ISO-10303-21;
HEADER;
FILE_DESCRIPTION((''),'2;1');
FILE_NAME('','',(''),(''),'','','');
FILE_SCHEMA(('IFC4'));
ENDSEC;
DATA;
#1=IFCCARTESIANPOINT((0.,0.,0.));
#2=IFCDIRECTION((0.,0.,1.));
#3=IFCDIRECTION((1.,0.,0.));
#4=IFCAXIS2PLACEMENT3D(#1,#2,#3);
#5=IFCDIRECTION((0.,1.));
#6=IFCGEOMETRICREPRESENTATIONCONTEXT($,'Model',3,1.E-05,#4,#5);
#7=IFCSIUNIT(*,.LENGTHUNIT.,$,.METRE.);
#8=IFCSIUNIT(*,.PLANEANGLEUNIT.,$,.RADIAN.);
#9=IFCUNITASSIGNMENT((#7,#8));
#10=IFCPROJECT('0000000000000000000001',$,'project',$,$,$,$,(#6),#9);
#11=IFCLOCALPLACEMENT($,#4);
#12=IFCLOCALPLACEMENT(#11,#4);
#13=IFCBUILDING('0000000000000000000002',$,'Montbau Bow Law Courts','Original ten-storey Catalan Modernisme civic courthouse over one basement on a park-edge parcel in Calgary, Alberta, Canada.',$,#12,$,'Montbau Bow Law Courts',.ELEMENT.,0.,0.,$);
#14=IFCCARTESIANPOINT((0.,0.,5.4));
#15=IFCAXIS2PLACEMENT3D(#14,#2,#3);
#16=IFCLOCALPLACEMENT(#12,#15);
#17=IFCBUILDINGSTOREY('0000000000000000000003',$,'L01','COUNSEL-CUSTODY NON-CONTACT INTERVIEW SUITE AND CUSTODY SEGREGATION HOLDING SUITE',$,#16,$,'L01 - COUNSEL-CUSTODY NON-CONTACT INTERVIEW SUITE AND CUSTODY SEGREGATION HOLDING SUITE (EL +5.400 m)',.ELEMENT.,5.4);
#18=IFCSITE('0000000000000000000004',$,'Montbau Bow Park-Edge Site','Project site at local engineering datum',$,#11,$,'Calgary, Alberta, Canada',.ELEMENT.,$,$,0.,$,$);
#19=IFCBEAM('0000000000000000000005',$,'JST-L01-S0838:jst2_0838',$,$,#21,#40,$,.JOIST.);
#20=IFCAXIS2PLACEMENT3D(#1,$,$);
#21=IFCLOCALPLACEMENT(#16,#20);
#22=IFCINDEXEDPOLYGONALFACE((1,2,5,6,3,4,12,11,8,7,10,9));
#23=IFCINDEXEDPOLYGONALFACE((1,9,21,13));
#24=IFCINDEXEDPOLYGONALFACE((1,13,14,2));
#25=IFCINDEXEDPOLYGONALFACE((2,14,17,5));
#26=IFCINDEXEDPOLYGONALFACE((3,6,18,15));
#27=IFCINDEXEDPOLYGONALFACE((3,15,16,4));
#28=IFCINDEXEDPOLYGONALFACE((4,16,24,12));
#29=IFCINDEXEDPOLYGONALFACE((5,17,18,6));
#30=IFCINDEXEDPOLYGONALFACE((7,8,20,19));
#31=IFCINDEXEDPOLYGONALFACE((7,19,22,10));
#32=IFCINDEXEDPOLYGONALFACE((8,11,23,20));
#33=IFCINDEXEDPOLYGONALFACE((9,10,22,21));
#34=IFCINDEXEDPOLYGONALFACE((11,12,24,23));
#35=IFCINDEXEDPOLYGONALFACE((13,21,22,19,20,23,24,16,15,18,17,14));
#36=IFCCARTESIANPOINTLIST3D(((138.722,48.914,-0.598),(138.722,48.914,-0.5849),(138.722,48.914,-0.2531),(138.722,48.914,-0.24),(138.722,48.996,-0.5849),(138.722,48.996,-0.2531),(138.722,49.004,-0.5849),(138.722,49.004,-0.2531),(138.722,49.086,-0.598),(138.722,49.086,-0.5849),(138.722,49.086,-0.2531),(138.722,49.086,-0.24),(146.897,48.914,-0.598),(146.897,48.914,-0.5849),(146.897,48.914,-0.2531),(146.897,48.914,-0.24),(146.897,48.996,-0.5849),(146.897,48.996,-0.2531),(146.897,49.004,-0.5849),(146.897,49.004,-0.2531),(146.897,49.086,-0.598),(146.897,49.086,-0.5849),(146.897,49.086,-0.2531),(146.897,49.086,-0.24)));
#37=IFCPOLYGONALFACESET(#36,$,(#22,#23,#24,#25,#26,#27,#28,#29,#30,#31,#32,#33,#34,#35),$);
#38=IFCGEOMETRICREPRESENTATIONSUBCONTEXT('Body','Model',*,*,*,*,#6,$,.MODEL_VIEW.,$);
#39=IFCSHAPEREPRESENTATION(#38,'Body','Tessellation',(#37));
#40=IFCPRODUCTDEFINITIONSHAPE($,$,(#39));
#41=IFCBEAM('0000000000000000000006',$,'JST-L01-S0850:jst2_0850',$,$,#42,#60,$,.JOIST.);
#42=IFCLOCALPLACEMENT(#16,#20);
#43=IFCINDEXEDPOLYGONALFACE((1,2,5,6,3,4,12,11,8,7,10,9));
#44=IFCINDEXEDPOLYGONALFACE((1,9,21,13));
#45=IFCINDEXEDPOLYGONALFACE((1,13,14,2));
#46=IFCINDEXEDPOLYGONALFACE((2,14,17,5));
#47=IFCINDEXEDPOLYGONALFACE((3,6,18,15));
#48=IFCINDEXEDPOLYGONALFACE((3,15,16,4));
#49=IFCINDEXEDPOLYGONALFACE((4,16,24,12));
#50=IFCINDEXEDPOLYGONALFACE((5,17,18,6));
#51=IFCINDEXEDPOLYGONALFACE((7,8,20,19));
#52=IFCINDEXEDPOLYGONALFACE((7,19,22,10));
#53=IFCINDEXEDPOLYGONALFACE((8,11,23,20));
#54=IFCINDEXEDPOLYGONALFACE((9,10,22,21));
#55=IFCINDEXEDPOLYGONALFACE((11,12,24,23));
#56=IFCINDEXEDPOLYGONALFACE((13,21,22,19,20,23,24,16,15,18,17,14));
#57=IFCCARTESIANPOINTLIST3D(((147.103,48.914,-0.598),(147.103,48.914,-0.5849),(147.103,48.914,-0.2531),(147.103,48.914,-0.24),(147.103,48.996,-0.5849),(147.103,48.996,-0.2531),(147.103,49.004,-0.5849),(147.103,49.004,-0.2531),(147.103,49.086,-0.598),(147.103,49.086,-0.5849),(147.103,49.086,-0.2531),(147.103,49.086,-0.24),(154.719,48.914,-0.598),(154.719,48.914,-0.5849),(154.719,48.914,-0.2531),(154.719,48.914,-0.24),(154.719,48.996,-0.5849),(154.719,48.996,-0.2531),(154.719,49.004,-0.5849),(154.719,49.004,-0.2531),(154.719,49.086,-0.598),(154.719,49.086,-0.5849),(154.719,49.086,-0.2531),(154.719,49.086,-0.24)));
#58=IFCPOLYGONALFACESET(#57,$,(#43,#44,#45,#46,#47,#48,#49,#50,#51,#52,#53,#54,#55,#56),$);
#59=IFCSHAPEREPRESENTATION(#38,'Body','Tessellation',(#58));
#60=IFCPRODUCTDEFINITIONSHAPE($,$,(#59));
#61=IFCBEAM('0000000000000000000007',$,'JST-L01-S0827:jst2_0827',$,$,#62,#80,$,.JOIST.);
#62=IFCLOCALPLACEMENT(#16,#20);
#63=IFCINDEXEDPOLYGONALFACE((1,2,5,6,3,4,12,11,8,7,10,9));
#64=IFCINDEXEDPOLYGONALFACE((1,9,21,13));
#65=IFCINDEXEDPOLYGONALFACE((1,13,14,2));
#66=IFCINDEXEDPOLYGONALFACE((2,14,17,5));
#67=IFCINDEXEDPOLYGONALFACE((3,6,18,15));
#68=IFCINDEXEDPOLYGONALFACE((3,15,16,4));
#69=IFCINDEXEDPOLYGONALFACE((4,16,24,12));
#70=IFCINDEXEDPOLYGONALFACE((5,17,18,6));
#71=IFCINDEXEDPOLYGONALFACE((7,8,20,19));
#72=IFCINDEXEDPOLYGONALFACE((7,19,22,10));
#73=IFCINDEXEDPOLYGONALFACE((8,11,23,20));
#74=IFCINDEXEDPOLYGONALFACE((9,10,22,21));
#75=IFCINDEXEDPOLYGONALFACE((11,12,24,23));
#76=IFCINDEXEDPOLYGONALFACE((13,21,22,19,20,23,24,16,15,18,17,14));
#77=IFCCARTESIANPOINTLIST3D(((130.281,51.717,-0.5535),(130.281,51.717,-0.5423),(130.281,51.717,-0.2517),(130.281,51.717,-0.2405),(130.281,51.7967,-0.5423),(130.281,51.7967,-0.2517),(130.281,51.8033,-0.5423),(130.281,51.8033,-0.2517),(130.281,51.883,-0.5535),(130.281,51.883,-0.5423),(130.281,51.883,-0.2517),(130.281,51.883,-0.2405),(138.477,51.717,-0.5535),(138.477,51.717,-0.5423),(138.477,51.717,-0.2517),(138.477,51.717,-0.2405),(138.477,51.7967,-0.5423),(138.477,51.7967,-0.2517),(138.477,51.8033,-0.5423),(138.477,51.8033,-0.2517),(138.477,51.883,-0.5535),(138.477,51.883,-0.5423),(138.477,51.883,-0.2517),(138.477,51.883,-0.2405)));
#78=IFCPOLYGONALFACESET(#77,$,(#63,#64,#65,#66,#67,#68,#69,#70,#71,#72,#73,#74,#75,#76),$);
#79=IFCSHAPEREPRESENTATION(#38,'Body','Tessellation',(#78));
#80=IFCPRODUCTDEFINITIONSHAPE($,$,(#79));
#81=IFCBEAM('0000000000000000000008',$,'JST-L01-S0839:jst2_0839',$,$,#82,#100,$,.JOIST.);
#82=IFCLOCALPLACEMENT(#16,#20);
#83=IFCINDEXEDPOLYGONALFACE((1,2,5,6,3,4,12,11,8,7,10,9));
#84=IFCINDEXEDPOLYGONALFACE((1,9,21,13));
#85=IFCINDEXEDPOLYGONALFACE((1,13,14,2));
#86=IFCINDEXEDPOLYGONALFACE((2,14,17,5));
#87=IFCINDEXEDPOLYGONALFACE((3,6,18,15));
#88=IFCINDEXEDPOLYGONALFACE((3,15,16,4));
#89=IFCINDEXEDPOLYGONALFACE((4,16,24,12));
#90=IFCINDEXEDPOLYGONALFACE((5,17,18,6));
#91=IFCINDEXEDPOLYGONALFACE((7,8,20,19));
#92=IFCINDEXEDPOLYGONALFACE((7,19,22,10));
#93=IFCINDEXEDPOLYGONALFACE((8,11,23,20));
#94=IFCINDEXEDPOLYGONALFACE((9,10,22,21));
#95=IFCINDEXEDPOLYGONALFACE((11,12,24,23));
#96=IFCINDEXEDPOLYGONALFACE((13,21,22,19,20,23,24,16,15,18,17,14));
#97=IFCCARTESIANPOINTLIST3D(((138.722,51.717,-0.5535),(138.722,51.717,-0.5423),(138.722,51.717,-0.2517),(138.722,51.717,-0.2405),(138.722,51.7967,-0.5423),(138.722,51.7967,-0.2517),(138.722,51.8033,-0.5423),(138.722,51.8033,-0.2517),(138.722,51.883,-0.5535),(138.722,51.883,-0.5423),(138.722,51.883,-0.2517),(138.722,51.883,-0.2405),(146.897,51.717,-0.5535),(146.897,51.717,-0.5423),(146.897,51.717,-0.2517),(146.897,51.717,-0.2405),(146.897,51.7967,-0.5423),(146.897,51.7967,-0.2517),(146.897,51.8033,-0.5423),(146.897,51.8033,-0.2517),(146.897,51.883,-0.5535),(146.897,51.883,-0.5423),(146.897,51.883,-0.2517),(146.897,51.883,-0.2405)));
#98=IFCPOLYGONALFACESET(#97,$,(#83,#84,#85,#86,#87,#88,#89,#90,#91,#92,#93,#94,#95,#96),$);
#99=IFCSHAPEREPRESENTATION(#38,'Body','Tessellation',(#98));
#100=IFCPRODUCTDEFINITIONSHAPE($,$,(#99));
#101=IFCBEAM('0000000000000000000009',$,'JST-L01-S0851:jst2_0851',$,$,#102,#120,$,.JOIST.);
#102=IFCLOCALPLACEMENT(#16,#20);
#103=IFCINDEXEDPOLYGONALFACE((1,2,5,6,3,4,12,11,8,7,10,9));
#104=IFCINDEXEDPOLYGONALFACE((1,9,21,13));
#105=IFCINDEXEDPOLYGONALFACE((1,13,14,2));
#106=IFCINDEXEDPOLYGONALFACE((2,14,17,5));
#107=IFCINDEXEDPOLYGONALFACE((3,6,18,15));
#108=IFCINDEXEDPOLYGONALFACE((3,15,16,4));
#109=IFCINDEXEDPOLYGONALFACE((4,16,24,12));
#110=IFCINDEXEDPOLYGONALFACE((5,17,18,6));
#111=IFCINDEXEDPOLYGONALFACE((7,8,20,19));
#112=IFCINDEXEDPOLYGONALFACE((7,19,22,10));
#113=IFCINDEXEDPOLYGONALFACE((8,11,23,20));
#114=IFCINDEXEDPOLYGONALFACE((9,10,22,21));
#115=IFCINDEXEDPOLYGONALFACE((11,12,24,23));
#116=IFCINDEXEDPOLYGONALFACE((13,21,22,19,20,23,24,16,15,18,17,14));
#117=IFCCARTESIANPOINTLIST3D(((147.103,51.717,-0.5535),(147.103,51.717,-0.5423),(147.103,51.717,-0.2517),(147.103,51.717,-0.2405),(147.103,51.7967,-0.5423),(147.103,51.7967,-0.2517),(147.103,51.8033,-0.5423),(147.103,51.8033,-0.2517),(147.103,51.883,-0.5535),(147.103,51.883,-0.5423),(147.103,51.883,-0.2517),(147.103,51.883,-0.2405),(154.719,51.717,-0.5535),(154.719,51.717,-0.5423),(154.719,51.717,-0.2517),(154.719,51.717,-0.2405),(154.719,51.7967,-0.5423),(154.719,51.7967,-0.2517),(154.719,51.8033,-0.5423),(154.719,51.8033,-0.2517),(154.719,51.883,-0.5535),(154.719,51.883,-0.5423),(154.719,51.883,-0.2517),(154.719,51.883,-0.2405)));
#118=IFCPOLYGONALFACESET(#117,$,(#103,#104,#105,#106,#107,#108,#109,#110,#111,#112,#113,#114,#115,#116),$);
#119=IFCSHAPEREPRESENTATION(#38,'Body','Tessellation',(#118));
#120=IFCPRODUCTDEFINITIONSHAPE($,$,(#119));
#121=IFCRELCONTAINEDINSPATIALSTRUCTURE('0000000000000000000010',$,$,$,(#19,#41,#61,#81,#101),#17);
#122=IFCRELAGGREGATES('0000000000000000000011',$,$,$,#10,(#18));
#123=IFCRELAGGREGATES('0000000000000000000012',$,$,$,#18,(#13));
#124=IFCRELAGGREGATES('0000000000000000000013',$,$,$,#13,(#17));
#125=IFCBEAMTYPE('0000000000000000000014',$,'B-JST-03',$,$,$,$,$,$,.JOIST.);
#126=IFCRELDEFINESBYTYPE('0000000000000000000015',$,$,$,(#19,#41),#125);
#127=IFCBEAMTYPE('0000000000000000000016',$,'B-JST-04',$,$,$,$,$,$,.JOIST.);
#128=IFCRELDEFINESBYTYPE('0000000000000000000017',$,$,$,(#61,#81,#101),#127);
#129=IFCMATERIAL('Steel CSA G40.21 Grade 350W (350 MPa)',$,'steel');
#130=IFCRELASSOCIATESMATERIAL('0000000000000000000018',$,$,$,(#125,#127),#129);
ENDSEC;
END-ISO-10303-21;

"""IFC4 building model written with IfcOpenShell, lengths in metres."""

from ifc_helpers import new_model, si_unit, direction, frame, origin_with_axes, origin_2d_with_axis, place, context, subcontext, project, spatial, i_section, extrude, material, material_profile, profile_set, type_object, element, save


model = new_model("IFC4")

# Units and contexts
model_context = context("Model", 3, precision=1e-05, world=origin_with_axes(), true_north=direction((0.0, 1.0)))
body_context = subcontext(model_context, "Body", "Model", "MODEL_VIEW")
ifc_project = project(units=[si_unit("LENGTHUNIT", "METRE"), si_unit("PLANEANGLEUNIT", "RADIAN")], contexts=[model_context])

# Site, building, storey
site_placement = place(None, origin_with_axes())
site = spatial("IfcSite", under=ifc_project, at=site_placement, Name="Montbau Bow Park-Edge Site", Description="Project site at local engineering datum", LongName="Calgary, Alberta, Canada", CompositionType="ELEMENT", RefElevation=0.0)
building_placement = place(site_placement, origin_with_axes())
building = spatial("IfcBuilding", under=site, at=building_placement, Name="Montbau Bow Law Courts", Description="Original ten-storey Catalan Modernisme civic courthouse over one basement on a park-edge parcel in Calgary, Alberta, Canada.", LongName="Montbau Bow Law Courts", CompositionType="ELEMENT", ElevationOfRefHeight=0.0, ElevationOfTerrain=0.0)
storey_placement = place(building_placement, frame((0.0, 0.0, 5.4), z_axis=(0.0, 0.0, 1.0), x_axis=(1.0, 0.0, 0.0)))
storey = spatial("IfcBuildingStorey", under=building, at=storey_placement, Name="L01", Description="COUNSEL-CUSTODY NON-CONTACT INTERVIEW SUITE AND CUSTODY SEGREGATION HOLDING SUITE", LongName="L01 - COUNSEL-CUSTODY NON-CONTACT INTERVIEW SUITE AND CUSTODY SEGREGATION HOLDING SUITE (EL +5.400 m)", CompositionType="ELEMENT", Elevation=5.4)

# Shared definitions
ifc_material_1 = material(Name="Steel CSA G40.21 Grade 350W (350 MPa)", Category="steel")

# Beams
ifc_material_profile_1 = material_profile(ifc_material_1, i_section(OverallWidth=0.172, OverallDepth=0.358, WebThickness=0.0079, FlangeThickness=0.0131, at=origin_2d_with_axis()), Name="W360X57", Category="Main", Priority=0)
ifc_profile_set_1 = profile_set([ifc_material_profile_1], Name="Steel CSA G40.21 Grade 350W (350 MPa)")
beam_type_1 = type_object("IfcBeamType", Name="B-JST-03", PredefinedType="JOIST", material=ifc_profile_set_1)
beam_1_placement = place(None, frame((138.722, 49.0, 4.981), z_axis=(1.0, 0.0, 0.0), x_axis=(0.0, 1.0, 0.0)))
element("IfcBeam", 1, at=beam_1_placement, inside=storey, type_object=beam_type_1, Name="JST-L01-S0838:jst2_0838", PredefinedType="JOIST", context=body_context, shape_type="SweptSolid", body=[
    extrude(i_section(OverallWidth=0.172, OverallDepth=0.358, WebThickness=0.0079, FlangeThickness=0.0131, at=origin_2d_with_axis()), origin_with_axes(), (0.0, 0.0, 1.0), 8.175),
])
beam_2_placement = place(None, frame((147.103, 49.0, 4.981), z_axis=(1.0, 0.0, 0.0), x_axis=(0.0, 1.0, 0.0)))
element("IfcBeam", 2, at=beam_2_placement, inside=storey, type_object=beam_type_1, Name="JST-L01-S0850:jst2_0850", PredefinedType="JOIST", context=body_context, shape_type="SweptSolid", body=[
    extrude(i_section(OverallWidth=0.172, OverallDepth=0.358, WebThickness=0.0079, FlangeThickness=0.0131, at=origin_2d_with_axis()), origin_with_axes(), (0.0, 0.0, 1.0), 7.616),
])
ifc_material_profile_2 = material_profile(ifc_material_1, i_section(OverallWidth=0.166, OverallDepth=0.313, WebThickness=0.0066, FlangeThickness=0.0112, at=origin_2d_with_axis()), Name="W310X45", Category="Main", Priority=0)
ifc_profile_set_2 = profile_set([ifc_material_profile_2], Name="Steel CSA G40.21 Grade 350W (350 MPa)")
beam_type_2 = type_object("IfcBeamType", Name="B-JST-04", PredefinedType="JOIST", material=ifc_profile_set_2)
beam_3_placement = place(None, frame((130.281, 51.8, 5.003), z_axis=(1.0, 0.0, 0.0), x_axis=(0.0, 1.0, 0.0)))
element("IfcBeam", 3, at=beam_3_placement, inside=storey, type_object=beam_type_2, Name="JST-L01-S0827:jst2_0827", PredefinedType="JOIST", context=body_context, shape_type="SweptSolid", body=[
    extrude(i_section(OverallWidth=0.166, OverallDepth=0.313, WebThickness=0.0066, FlangeThickness=0.0112, at=origin_2d_with_axis()), origin_with_axes(), (0.0, 0.0, 1.0), 8.196),
])
beam_4_placement = place(None, frame((138.722, 51.8, 5.003), z_axis=(1.0, 0.0, 0.0), x_axis=(0.0, 1.0, 0.0)))
element("IfcBeam", 4, at=beam_4_placement, inside=storey, type_object=beam_type_2, Name="JST-L01-S0839:jst2_0839", PredefinedType="JOIST", context=body_context, shape_type="SweptSolid", body=[
    extrude(i_section(OverallWidth=0.166, OverallDepth=0.313, WebThickness=0.0066, FlangeThickness=0.0112, at=origin_2d_with_axis()), origin_with_axes(), (0.0, 0.0, 1.0), 8.175),
])
beam_5_placement = place(None, frame((147.103, 51.8, 5.003), z_axis=(1.0, 0.0, 0.0), x_axis=(0.0, 1.0, 0.0)))
element("IfcBeam", 5, at=beam_5_placement, inside=storey, type_object=beam_type_2, Name="JST-L01-S0851:jst2_0851", PredefinedType="JOIST", context=body_context, shape_type="SweptSolid", body=[
    extrude(i_section(OverallWidth=0.166, OverallDepth=0.313, WebThickness=0.0066, FlangeThickness=0.0112, at=origin_2d_with_axis()), origin_with_axes(), (0.0, 0.0, 1.0), 7.616),
])

save(model, "model.ifc")
